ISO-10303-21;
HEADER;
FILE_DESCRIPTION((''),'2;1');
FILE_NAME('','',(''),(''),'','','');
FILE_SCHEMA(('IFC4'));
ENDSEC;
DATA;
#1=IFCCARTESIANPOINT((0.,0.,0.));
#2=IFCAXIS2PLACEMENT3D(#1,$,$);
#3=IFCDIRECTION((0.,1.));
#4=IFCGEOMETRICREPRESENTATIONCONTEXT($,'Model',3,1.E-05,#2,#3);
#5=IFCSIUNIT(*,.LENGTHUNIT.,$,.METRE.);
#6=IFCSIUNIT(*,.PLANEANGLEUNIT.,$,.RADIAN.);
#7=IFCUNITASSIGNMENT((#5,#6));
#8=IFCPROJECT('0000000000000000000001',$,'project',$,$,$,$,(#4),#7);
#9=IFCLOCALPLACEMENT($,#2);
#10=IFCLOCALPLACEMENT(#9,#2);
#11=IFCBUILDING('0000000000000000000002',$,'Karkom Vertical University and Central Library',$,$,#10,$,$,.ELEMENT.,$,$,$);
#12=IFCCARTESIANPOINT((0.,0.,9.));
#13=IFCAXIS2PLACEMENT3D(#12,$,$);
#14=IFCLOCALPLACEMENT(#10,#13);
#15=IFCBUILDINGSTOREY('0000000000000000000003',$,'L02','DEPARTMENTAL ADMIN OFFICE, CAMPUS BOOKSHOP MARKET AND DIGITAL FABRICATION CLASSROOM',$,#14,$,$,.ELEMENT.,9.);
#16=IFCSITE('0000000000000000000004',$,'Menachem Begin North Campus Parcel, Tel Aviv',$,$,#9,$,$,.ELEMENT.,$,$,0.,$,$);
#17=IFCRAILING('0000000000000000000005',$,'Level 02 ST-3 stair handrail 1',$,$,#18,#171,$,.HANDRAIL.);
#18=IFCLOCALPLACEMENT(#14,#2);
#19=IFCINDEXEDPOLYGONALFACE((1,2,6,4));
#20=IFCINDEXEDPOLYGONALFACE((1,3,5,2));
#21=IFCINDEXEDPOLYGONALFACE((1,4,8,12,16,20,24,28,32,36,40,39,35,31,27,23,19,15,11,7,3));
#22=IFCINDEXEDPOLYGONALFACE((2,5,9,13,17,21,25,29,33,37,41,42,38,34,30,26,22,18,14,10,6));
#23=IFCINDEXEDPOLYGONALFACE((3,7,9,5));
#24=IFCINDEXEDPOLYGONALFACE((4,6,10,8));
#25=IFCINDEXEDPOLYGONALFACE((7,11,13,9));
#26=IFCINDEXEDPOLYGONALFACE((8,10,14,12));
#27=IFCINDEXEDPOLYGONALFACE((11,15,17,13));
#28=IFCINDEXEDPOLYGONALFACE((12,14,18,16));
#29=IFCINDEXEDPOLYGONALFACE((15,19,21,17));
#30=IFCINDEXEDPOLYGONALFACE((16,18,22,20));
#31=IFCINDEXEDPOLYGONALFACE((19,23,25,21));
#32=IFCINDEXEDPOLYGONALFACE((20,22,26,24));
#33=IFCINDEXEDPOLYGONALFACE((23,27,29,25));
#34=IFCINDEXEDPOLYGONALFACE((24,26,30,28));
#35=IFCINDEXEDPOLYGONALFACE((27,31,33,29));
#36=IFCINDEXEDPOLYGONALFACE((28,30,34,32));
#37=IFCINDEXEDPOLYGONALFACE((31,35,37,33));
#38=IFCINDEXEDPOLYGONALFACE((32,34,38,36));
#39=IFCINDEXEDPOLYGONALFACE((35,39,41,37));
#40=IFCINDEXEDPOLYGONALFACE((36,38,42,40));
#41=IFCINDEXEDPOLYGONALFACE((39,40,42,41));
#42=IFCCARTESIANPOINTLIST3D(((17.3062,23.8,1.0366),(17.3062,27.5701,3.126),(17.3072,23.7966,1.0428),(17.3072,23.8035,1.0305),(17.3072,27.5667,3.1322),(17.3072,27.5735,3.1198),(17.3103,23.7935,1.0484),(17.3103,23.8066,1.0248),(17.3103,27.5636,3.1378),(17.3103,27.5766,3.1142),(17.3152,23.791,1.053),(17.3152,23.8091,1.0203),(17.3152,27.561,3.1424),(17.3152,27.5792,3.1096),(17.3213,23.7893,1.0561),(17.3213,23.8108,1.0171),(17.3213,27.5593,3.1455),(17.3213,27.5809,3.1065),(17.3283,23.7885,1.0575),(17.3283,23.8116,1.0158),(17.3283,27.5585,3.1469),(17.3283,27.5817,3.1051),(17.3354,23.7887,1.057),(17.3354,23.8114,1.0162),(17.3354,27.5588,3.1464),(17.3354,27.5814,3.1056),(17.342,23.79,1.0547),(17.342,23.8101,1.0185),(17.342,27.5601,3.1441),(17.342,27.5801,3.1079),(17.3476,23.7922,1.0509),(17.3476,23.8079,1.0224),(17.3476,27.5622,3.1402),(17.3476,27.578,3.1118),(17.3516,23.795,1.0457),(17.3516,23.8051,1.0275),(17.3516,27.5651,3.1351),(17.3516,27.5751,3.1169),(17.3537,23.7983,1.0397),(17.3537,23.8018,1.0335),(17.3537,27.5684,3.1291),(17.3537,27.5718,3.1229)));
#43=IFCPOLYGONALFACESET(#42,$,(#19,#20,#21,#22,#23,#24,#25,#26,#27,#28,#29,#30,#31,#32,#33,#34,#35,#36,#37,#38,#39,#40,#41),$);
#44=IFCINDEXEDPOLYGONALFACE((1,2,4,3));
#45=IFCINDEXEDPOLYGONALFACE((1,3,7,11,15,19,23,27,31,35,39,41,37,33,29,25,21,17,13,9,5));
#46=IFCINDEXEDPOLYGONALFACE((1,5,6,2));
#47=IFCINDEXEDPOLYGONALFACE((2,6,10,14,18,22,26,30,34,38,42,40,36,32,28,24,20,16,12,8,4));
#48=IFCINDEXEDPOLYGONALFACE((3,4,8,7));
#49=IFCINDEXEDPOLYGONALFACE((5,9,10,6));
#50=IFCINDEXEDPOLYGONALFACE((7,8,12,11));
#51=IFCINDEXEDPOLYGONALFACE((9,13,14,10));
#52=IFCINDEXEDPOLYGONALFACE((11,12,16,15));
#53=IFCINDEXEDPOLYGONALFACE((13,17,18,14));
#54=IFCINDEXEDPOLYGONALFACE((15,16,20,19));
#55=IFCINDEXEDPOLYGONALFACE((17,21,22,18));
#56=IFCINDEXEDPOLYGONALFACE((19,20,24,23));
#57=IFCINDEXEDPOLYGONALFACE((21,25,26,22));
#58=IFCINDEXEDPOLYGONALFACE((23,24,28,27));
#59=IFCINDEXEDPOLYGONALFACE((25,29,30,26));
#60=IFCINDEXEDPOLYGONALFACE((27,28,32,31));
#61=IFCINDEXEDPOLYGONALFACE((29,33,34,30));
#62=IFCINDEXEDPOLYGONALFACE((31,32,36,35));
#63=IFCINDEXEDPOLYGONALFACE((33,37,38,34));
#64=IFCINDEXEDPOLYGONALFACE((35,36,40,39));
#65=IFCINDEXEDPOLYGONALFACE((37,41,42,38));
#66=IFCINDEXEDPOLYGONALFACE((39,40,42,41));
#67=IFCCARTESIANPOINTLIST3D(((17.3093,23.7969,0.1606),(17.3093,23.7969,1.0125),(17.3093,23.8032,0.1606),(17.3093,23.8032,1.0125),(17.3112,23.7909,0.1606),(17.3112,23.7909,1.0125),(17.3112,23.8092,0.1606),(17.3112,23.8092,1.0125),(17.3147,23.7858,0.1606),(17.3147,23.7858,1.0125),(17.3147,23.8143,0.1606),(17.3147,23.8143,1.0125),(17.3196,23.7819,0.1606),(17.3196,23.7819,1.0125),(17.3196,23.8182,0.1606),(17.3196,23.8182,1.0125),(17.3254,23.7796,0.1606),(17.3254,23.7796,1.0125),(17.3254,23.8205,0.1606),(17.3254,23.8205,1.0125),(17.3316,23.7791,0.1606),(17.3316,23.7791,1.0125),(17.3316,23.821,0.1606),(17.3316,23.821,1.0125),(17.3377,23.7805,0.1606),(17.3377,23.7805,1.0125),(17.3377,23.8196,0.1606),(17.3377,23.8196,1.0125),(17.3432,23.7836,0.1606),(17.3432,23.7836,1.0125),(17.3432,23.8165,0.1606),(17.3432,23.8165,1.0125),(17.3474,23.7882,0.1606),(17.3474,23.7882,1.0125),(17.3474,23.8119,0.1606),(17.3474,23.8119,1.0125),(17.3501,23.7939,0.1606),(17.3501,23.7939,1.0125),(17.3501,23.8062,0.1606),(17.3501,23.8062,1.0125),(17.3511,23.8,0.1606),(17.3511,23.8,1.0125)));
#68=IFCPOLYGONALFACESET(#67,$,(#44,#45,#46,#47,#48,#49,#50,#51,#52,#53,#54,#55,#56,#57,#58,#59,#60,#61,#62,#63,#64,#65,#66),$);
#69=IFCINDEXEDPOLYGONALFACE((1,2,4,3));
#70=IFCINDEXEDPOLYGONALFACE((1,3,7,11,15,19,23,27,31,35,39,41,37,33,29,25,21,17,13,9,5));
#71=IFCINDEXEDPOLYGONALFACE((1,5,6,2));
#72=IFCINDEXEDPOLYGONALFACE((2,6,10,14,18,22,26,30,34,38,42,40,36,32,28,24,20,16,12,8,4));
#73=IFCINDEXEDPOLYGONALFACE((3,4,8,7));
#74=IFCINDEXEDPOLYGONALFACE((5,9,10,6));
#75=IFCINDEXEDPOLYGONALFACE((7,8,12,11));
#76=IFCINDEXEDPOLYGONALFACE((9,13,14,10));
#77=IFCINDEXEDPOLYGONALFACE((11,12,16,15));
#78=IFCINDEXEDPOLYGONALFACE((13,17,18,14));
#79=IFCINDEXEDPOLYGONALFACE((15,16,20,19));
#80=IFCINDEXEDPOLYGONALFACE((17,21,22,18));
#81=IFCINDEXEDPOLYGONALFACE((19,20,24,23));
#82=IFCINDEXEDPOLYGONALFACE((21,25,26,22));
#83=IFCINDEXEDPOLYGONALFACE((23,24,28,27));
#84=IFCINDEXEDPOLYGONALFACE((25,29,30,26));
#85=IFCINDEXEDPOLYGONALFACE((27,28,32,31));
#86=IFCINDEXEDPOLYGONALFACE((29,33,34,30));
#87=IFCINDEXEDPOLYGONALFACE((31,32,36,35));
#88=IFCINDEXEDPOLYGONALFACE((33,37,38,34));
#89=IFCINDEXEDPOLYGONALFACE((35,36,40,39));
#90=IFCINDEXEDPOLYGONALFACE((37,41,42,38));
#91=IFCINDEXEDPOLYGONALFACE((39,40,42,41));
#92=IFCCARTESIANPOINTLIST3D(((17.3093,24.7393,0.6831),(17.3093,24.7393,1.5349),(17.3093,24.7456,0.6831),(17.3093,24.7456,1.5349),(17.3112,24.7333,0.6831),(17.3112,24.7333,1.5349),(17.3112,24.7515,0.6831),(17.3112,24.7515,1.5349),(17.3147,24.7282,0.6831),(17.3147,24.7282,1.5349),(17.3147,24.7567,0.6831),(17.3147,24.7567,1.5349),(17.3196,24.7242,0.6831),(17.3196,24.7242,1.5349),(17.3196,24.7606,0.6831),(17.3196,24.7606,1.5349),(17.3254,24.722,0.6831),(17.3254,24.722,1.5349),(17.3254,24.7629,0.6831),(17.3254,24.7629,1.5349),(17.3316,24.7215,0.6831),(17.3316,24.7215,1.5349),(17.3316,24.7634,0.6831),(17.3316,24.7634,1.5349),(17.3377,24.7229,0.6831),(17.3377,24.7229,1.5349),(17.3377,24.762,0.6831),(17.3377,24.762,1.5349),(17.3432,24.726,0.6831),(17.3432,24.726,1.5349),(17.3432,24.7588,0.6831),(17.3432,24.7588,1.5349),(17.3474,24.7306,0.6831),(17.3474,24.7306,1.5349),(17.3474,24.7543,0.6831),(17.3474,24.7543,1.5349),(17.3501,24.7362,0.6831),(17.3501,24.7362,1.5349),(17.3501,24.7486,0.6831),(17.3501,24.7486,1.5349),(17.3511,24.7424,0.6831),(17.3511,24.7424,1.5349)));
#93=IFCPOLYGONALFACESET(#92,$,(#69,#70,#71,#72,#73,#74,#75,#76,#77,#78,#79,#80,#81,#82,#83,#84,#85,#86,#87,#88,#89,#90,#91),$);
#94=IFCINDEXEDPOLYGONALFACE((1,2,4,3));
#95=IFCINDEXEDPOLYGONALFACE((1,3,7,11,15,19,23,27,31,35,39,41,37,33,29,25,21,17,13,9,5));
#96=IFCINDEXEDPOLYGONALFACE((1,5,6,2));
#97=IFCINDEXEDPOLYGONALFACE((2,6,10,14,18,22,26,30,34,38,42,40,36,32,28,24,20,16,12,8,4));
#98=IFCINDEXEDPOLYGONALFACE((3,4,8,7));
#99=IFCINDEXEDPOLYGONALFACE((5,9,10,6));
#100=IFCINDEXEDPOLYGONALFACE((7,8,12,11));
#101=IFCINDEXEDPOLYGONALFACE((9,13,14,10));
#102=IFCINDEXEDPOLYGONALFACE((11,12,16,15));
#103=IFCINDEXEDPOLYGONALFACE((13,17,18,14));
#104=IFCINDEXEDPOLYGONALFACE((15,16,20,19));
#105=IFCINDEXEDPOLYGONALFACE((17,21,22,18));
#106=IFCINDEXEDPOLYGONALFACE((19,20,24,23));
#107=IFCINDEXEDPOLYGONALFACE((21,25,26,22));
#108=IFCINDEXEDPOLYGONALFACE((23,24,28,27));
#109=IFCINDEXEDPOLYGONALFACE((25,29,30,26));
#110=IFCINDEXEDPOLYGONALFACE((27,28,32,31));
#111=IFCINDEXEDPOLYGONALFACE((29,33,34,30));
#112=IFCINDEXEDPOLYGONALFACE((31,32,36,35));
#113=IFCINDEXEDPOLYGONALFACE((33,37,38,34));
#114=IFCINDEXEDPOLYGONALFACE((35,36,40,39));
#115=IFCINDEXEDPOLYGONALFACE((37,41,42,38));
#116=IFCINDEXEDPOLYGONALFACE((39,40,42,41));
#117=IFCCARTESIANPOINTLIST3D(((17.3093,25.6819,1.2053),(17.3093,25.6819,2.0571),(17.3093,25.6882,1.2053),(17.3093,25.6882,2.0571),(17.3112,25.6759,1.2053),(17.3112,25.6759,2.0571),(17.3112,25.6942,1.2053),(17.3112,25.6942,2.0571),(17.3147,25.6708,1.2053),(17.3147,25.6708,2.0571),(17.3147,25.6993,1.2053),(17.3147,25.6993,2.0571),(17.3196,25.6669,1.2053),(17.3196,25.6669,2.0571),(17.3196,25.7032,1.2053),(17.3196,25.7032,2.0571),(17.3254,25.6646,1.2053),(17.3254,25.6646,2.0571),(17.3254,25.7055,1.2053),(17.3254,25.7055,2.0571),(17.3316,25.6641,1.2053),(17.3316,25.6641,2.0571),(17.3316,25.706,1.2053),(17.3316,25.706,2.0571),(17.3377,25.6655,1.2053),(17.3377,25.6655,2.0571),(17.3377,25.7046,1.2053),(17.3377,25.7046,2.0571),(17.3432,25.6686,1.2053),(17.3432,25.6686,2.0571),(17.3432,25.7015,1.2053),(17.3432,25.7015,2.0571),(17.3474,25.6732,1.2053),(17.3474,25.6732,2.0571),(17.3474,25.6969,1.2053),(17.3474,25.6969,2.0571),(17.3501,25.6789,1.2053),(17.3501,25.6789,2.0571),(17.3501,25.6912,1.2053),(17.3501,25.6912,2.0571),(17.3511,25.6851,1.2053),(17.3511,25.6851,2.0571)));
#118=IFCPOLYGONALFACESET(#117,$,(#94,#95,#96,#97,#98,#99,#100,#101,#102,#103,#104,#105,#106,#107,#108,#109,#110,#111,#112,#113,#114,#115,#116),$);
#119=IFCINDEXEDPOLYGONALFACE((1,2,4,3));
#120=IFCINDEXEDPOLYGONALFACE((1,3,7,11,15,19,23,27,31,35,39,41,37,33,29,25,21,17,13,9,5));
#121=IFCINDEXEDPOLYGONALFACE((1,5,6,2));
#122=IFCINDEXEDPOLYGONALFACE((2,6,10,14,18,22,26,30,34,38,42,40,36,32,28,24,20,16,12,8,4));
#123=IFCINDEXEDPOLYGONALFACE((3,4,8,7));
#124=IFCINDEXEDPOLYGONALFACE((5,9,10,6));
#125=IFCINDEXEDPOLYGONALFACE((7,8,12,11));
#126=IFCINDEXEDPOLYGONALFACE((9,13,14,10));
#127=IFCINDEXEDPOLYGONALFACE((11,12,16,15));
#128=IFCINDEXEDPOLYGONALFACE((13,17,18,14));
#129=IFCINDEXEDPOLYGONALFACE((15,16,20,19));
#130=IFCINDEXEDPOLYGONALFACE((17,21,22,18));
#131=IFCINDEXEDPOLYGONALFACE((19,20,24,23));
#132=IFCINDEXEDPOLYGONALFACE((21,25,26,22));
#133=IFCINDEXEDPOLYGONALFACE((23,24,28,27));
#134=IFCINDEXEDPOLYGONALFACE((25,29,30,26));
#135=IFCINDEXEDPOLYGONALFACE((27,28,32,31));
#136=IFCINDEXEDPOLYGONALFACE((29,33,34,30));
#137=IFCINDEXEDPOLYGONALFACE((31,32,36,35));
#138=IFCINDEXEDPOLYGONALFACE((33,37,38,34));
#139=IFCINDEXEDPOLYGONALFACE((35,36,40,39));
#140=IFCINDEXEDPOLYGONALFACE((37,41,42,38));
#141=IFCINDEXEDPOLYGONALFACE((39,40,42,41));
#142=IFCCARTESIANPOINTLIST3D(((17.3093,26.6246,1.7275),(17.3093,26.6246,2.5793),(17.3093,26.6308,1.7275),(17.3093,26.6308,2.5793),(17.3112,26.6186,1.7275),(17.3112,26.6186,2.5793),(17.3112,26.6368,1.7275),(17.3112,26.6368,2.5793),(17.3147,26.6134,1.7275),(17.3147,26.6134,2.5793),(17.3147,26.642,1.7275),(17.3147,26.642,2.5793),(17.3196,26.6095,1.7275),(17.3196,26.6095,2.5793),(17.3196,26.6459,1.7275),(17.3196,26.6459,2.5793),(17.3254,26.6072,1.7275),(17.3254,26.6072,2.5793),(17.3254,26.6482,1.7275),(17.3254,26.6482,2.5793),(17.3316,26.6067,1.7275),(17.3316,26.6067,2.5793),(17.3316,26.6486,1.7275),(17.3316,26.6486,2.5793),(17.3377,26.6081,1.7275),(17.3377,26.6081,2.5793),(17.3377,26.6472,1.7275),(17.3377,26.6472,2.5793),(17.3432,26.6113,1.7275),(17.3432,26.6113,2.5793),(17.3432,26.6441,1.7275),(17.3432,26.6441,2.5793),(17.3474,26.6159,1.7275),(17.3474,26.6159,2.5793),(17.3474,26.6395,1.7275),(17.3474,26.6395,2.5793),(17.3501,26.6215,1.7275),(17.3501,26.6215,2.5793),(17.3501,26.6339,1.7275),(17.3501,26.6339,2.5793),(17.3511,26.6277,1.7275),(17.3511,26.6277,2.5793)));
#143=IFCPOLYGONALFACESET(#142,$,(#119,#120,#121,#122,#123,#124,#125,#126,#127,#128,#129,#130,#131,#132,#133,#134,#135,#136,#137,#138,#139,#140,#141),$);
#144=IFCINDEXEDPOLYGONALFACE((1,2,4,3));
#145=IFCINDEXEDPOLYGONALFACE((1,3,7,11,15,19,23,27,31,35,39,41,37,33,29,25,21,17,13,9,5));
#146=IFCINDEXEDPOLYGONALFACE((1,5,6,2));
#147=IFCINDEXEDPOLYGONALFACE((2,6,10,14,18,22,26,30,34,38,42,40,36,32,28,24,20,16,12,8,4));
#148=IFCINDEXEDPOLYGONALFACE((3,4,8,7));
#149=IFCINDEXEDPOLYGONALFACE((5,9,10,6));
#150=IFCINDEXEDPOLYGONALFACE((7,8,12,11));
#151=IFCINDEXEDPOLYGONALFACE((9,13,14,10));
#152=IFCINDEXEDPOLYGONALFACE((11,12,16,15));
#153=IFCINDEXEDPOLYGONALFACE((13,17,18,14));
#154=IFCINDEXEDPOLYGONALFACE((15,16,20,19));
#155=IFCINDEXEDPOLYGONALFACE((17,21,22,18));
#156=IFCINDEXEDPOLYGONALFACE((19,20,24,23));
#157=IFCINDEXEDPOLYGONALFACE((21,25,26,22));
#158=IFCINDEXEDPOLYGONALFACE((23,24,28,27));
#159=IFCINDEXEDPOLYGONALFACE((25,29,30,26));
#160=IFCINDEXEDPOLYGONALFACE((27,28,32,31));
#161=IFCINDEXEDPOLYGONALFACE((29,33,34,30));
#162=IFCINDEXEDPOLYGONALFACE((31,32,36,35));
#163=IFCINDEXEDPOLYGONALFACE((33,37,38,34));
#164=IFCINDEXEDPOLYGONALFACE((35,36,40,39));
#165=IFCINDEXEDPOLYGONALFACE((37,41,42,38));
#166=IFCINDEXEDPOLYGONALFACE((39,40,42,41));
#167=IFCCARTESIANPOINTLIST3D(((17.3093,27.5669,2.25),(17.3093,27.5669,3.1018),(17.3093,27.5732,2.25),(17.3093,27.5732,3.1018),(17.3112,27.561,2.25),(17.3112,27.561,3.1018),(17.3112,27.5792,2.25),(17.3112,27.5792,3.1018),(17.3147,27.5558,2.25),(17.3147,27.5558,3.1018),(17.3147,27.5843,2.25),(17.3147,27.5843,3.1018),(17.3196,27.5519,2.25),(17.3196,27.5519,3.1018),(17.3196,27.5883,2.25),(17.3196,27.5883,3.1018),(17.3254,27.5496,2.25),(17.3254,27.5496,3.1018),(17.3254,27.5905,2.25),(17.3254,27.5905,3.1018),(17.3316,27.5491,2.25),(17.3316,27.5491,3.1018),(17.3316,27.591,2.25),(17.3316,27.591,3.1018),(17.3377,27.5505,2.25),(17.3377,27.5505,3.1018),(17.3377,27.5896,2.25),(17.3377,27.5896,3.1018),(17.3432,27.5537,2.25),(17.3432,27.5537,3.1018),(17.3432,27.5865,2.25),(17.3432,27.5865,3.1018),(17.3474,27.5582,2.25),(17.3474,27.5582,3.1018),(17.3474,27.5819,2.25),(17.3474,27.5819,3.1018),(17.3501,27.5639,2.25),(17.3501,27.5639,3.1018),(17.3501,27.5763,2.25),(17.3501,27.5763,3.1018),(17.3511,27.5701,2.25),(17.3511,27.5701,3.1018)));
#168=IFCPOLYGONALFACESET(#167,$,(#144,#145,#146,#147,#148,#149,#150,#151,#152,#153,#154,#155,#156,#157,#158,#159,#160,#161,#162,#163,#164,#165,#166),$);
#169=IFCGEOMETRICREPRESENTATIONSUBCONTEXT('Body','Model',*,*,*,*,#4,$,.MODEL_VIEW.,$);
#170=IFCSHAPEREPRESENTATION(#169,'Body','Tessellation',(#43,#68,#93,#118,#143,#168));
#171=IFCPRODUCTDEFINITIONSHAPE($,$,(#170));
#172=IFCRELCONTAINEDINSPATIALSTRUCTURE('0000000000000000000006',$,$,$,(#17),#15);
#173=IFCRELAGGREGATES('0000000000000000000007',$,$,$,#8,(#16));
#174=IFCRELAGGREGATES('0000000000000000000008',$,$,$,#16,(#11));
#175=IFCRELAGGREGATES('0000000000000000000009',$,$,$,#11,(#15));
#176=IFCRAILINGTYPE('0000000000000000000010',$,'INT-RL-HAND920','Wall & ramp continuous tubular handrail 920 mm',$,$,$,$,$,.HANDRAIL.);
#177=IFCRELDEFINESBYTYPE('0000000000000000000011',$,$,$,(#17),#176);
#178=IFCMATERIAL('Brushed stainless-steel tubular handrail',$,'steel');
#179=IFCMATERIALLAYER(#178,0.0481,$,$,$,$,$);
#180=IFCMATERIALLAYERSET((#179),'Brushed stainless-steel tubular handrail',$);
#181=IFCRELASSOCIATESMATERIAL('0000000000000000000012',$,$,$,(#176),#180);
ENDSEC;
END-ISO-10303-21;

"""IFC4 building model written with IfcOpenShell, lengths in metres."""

from ifc_helpers import new_model, si_unit, direction, frame, origin, origin_2d, place, context, subcontext, project, spatial, circle, extrude, material, layer, layer_set, type_object, element, save


model = new_model("IFC4")

# Units and contexts
model_context = context("Model", 3, precision=1e-05, world=origin(), true_north=direction((0.0, 1.0)))
body_context = subcontext(model_context, "Body", "Model", "MODEL_VIEW")
ifc_project = project(units=[si_unit("LENGTHUNIT", "METRE"), si_unit("PLANEANGLEUNIT", "RADIAN")], contexts=[model_context])

# Site, building, storey
site_placement = place(None, origin())
site = spatial("IfcSite", under=ifc_project, at=site_placement, Name="Menachem Begin North Campus Parcel, Tel Aviv", CompositionType="ELEMENT", RefElevation=0.0)
building_placement = place(site_placement, origin())
building = spatial("IfcBuilding", under=site, at=building_placement, Name="Karkom Vertical University and Central Library", CompositionType="ELEMENT")
storey_placement = place(building_placement, frame((0.0, 0.0, 9.0)))
storey = spatial("IfcBuildingStorey", under=building, at=storey_placement, Name="L02", Description="DEPARTMENTAL ADMIN OFFICE, CAMPUS BOOKSHOP MARKET AND DIGITAL FABRICATION CLASSROOM", CompositionType="ELEMENT", Elevation=9.0)

# Railing
ifc_material_1 = material(Name="Brushed stainless-steel tubular handrail", Category="steel")
ifc_layer_1 = layer(ifc_material_1, 0.0481)
ifc_layer_set_1 = layer_set([ifc_layer_1], Name="Brushed stainless-steel tubular handrail")
railing_type_1 = type_object("IfcRailingType", Name="INT-RL-HAND920", Description="Wall & ramp continuous tubular handrail 920 mm", PredefinedType="HANDRAIL", material=ifc_layer_set_1)
railing_1_placement = place(storey_placement, frame((17.3301, 23.8, 0.1606)))
element("IfcRailing", 1, at=railing_1_placement, inside=storey, type_object=railing_type_1, Name="Level 02 ST-3 stair handrail 1", PredefinedType="HANDRAIL", context=body_context, shape_type="SweptSolid", body=[
    extrude(circle(Radius=0.0239, at=origin_2d()), frame((0.0, 0.0, 0.876), z_axis=(0.0, 0.874659, 0.484739), x_axis=(-1.0, 0.0, 0.0)), (0.0, 0.0, 1.0), 4.3103),
    extrude(circle(Radius=0.021, at=origin_2d()), origin(), (0.0, 0.0, 1.0), 0.8518),
    extrude(circle(Radius=0.021, at=origin_2d()), frame((0.0, 0.9424, 0.5225)), (0.0, 0.0, 1.0), 0.8518),
    extrude(circle(Radius=0.021, at=origin_2d()), frame((0.0, 1.885, 1.0447)), (0.0, 0.0, 1.0), 0.8518),
    extrude(circle(Radius=0.021, at=origin_2d()), frame((0.0, 2.8276, 1.5669)), (0.0, 0.0, 1.0), 0.8518),
    extrude(circle(Radius=0.021, at=origin_2d()), frame((0.0, 3.77, 2.0894)), (0.0, 0.0, 1.0), 0.8518),
])

save(model, "model.ifc")
